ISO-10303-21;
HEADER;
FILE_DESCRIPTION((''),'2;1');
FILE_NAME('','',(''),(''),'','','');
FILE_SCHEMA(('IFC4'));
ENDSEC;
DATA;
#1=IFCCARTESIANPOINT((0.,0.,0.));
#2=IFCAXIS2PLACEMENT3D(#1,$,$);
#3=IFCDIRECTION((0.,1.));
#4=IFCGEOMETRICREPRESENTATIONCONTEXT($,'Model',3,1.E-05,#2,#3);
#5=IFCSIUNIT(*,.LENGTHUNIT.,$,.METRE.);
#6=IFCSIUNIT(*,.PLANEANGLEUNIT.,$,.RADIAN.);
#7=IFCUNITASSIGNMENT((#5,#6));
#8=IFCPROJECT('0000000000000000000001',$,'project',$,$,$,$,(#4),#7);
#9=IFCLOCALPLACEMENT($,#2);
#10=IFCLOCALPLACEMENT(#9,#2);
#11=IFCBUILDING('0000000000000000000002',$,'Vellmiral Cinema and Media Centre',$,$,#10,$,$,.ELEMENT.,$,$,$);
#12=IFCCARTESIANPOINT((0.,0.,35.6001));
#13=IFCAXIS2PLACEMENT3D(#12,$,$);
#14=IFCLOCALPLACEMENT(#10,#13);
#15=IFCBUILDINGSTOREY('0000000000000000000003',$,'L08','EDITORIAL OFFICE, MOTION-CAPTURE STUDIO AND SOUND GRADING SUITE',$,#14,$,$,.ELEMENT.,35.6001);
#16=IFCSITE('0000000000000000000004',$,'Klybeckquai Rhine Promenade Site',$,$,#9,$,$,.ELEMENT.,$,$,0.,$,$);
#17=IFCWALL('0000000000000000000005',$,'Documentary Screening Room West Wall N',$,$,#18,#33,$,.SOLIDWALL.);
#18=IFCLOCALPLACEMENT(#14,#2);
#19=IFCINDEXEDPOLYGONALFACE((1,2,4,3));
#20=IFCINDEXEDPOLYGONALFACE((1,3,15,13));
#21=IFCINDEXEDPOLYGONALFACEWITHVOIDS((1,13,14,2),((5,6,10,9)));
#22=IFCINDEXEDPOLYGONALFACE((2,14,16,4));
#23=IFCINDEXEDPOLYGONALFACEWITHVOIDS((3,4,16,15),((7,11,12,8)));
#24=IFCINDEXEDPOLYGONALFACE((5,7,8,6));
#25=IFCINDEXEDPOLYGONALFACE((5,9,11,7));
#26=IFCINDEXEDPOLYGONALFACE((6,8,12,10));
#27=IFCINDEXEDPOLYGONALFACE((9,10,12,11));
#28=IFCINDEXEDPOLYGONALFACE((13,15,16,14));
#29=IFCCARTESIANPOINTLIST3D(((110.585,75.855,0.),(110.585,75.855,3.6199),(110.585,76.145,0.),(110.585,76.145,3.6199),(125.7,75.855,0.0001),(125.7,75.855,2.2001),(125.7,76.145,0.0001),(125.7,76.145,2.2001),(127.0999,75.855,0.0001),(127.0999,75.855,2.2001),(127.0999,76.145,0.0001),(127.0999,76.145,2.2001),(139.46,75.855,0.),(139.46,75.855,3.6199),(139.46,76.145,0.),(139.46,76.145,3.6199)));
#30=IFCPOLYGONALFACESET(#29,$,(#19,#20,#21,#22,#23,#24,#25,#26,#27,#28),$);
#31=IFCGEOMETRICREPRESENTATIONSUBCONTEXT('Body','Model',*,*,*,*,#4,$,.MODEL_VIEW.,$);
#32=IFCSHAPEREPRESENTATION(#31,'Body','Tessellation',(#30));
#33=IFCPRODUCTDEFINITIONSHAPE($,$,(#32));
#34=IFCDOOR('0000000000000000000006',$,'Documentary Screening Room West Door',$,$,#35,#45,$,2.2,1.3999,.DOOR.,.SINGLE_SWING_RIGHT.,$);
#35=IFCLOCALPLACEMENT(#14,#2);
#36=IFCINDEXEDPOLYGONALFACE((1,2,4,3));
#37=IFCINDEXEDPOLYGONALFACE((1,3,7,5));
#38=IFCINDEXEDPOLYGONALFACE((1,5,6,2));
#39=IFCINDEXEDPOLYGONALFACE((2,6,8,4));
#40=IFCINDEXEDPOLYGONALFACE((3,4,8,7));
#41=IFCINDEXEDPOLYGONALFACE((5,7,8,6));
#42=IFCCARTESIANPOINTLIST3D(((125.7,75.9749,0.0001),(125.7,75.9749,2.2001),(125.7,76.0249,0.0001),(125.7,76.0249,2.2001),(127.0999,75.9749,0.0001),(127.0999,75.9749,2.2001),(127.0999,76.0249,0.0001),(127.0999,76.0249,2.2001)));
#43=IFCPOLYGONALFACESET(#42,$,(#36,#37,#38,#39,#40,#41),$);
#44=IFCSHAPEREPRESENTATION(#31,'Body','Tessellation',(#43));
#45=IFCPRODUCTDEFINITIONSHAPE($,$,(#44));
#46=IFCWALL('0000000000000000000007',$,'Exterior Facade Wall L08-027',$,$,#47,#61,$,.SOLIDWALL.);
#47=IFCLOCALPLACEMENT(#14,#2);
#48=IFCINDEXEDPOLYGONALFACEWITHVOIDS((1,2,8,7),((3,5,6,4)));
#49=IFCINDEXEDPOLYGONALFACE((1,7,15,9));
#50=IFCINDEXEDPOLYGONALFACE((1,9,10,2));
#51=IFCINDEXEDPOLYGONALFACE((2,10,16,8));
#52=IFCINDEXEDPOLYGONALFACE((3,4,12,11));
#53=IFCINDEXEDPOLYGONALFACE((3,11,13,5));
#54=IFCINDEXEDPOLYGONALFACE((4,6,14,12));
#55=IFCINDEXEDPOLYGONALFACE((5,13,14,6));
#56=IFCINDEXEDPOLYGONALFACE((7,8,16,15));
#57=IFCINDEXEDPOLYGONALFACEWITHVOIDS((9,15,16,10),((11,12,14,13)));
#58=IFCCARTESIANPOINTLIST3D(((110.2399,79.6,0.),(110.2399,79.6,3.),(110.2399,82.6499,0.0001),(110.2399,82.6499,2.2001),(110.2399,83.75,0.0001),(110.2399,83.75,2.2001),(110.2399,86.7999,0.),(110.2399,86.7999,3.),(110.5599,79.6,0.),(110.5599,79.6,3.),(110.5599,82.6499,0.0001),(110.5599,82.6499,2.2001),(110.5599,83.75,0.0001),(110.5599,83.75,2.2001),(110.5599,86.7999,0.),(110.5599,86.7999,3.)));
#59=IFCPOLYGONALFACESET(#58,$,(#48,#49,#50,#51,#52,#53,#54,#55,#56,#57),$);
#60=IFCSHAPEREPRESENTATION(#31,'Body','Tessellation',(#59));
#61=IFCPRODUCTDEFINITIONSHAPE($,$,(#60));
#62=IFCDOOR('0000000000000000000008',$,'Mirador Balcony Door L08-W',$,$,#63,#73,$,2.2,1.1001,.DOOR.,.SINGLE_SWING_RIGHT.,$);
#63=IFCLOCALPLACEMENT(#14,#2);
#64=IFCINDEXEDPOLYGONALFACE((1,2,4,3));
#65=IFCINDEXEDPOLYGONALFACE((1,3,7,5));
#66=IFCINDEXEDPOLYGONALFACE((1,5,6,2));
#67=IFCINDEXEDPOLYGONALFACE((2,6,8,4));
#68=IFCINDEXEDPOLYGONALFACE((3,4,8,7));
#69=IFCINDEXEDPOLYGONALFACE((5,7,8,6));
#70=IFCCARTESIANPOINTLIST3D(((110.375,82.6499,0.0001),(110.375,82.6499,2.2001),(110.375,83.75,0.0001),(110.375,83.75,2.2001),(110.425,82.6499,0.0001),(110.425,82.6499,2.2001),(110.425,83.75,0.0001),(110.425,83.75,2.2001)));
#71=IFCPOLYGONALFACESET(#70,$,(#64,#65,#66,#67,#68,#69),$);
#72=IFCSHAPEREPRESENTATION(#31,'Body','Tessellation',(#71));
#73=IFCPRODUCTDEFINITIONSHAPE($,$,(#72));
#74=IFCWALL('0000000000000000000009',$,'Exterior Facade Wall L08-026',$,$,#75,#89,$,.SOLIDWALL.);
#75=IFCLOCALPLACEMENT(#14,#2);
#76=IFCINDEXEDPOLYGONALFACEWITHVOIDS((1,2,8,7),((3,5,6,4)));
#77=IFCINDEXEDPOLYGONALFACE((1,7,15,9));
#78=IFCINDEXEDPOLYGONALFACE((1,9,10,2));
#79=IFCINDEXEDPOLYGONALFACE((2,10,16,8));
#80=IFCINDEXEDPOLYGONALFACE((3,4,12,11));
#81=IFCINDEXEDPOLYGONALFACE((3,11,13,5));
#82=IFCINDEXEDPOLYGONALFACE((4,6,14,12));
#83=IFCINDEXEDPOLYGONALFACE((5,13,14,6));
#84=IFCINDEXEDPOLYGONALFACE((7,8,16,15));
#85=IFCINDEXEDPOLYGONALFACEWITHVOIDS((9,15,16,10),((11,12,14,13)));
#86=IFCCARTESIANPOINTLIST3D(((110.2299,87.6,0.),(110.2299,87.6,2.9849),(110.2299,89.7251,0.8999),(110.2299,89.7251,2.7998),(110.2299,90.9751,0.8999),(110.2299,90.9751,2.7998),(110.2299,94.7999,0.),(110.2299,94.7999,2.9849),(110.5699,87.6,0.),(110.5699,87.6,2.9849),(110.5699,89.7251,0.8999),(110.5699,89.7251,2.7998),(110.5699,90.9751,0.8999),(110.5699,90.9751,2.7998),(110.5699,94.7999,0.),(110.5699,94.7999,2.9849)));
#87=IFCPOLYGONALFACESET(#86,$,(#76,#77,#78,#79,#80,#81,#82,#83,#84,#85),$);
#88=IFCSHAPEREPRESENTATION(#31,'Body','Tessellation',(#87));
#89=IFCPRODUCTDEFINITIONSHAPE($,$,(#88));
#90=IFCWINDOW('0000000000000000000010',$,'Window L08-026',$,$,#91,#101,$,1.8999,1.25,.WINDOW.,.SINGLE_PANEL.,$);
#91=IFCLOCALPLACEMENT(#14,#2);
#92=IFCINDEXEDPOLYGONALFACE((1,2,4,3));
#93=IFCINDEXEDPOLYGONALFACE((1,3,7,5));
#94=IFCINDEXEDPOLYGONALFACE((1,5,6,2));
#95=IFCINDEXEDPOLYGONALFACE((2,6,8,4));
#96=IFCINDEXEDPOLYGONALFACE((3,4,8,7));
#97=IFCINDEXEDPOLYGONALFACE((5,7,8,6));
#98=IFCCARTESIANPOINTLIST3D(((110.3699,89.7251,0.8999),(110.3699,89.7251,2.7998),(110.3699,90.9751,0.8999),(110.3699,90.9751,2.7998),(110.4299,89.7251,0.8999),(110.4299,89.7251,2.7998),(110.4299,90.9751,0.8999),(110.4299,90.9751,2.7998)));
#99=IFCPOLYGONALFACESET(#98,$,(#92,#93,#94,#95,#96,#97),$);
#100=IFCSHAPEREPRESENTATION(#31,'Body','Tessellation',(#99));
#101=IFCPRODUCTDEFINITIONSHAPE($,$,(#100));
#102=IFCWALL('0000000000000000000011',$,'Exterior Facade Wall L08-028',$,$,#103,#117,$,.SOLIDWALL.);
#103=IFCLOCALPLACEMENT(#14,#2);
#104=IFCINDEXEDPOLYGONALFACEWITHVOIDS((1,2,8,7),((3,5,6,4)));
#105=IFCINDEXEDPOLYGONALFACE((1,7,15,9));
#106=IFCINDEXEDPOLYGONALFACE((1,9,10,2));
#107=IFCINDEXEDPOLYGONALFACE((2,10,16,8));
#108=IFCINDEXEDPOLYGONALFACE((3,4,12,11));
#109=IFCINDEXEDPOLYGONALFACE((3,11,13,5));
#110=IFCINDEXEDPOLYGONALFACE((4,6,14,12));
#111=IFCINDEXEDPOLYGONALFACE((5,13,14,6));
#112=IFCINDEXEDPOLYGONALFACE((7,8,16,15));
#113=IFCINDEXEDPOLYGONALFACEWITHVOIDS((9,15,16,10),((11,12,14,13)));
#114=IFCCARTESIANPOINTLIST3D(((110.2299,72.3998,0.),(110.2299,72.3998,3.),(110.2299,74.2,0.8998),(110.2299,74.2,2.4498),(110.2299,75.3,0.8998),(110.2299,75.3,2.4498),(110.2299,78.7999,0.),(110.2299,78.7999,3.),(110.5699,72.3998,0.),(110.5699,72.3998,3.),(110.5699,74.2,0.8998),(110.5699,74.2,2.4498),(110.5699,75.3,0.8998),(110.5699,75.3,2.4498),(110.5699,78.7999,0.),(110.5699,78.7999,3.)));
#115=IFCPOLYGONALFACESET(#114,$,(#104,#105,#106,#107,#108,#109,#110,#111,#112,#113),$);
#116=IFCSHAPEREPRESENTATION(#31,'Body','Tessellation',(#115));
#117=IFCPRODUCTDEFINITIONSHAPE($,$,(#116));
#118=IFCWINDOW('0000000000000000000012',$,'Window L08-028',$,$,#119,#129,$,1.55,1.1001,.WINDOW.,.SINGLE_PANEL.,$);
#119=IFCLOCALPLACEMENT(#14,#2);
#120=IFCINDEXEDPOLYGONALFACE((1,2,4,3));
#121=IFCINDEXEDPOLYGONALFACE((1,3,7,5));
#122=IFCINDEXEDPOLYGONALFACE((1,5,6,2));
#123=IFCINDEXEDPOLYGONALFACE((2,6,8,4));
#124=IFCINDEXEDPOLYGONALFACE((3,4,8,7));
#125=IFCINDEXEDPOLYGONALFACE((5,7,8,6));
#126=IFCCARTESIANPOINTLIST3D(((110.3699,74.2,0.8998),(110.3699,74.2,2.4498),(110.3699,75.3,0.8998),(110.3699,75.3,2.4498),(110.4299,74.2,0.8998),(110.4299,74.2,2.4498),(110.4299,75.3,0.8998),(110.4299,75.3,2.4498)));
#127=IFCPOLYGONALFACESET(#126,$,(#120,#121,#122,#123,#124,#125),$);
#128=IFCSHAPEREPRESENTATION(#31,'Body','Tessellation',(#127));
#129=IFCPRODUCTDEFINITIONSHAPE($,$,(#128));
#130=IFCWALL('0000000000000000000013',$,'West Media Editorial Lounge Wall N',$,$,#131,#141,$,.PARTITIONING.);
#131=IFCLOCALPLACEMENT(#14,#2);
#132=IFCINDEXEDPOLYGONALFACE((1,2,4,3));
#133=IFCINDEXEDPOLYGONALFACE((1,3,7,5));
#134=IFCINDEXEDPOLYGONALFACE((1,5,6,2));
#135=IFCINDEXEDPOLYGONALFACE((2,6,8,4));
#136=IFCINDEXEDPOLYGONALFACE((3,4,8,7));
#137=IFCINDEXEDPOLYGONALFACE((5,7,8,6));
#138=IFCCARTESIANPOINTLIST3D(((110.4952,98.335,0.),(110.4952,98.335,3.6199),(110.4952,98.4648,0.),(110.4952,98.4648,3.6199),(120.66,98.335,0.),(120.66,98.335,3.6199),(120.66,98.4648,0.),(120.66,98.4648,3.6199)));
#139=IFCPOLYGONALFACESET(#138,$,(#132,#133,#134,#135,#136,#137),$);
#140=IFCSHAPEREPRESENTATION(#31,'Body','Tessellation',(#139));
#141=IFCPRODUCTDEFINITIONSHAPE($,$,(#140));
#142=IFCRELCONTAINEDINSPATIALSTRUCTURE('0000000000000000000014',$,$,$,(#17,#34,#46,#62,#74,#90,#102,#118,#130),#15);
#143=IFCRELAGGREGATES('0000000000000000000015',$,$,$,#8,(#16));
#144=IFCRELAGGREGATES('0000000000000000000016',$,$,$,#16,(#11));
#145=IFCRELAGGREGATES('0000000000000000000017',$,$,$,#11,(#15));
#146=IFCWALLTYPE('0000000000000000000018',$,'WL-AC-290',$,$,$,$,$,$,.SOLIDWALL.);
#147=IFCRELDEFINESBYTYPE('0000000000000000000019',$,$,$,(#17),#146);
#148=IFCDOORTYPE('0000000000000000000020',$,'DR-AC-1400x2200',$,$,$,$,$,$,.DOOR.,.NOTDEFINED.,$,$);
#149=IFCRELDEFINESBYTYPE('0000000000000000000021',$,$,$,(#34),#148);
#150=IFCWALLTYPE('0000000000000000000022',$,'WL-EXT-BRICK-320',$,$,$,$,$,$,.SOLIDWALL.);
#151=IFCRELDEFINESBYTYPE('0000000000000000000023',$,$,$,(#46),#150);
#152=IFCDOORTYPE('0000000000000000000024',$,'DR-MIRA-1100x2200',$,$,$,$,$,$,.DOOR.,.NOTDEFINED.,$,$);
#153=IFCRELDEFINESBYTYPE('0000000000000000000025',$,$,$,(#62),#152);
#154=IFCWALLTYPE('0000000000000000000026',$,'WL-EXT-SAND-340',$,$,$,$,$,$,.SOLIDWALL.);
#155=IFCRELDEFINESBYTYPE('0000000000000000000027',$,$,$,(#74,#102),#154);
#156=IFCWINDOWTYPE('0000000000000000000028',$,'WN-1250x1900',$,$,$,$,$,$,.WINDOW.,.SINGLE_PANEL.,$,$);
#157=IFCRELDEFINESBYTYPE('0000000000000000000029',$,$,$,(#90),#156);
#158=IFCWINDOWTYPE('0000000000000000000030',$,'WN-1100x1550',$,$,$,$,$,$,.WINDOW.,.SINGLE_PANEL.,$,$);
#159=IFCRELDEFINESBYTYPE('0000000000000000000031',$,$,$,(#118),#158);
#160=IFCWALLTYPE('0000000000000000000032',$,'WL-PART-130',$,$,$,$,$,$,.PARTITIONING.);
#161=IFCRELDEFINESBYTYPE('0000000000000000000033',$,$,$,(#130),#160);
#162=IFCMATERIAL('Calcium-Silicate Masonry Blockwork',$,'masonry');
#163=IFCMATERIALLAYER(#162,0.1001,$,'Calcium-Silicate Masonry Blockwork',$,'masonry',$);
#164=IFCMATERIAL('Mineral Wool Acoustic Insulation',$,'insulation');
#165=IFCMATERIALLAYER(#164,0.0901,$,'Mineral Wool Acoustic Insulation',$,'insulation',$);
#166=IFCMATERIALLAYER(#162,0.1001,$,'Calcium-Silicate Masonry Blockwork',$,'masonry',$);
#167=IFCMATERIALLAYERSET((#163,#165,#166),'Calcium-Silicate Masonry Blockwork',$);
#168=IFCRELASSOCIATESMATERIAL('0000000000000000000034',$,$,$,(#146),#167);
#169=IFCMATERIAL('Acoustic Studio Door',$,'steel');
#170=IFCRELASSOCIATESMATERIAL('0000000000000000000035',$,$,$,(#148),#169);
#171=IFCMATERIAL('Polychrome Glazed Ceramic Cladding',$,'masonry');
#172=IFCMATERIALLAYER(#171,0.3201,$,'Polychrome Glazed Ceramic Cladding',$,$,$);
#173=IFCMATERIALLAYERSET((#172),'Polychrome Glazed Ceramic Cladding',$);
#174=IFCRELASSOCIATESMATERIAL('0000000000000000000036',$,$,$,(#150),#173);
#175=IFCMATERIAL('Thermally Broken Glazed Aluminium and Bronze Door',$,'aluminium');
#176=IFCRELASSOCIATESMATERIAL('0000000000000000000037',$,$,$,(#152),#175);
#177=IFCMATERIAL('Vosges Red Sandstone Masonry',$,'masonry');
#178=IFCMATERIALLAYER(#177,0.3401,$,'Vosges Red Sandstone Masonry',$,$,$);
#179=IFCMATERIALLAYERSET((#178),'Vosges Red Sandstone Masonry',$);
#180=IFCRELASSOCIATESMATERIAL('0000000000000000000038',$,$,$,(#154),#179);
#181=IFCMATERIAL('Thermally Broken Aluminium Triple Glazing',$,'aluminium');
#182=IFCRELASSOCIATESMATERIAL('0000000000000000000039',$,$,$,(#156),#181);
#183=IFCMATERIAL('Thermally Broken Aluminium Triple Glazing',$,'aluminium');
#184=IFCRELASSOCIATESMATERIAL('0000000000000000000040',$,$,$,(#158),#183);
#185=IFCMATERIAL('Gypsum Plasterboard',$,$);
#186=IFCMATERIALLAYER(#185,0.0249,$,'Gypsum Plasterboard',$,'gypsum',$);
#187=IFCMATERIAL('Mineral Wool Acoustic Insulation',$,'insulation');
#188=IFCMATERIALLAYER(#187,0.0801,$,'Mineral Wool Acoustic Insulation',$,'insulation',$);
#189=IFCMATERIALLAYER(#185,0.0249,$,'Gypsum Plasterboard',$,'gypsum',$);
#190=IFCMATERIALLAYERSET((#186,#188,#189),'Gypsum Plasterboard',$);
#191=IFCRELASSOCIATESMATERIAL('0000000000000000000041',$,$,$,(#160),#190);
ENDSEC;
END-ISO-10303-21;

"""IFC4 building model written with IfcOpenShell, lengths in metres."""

from ifc_helpers import new_model, si_unit, direction, frame, frame_2d, origin, place, context, subcontext, project, spatial, rectangle, extrude, material, layer, layer_set, type_object, element, fill, save


model = new_model("IFC4")

# Units and contexts
model_context = context("Model", 3, precision=1e-05, world=origin(), true_north=direction((0.0, 1.0)))
body_context = subcontext(model_context, "Body", "Model", "MODEL_VIEW")
ifc_project = project(units=[si_unit("LENGTHUNIT", "METRE"), si_unit("PLANEANGLEUNIT", "RADIAN")], contexts=[model_context])

# Site, building, storey
site_placement = place(None, origin())
site = spatial("IfcSite", under=ifc_project, at=site_placement, Name="Klybeckquai Rhine Promenade Site", CompositionType="ELEMENT", RefElevation=0.0)
building_placement = place(site_placement, origin())
building = spatial("IfcBuilding", under=site, at=building_placement, Name="Vellmiral Cinema and Media Centre", CompositionType="ELEMENT")
storey_placement = place(building_placement, frame((0.0, 0.0, 35.6001)))
storey = spatial("IfcBuildingStorey", under=building, at=storey_placement, Name="L08", Description="EDITORIAL OFFICE, MOTION-CAPTURE STUDIO AND SOUND GRADING SUITE", CompositionType="ELEMENT", Elevation=35.6001)

# Walls, openings, doors
ifc_material_1 = material(Name="Calcium-Silicate Masonry Blockwork", Category="masonry")
ifc_layer_1 = layer(ifc_material_1, 0.1001, Name="Calcium-Silicate Masonry Blockwork", Category="masonry")
ifc_material_2 = material(Name="Mineral Wool Acoustic Insulation", Category="insulation")
ifc_layer_2 = layer(ifc_material_2, 0.0901, Name="Mineral Wool Acoustic Insulation", Category="insulation")
ifc_layer_3 = layer(ifc_material_1, 0.1001, Name="Calcium-Silicate Masonry Blockwork", Category="masonry")
ifc_layer_set_1 = layer_set([ifc_layer_1, ifc_layer_2, ifc_layer_3], Name="Calcium-Silicate Masonry Blockwork")
wall_type_1 = type_object("IfcWallType", Name="WL-AC-290", PredefinedType="SOLIDWALL", material=ifc_layer_set_1)
wall_1_placement = place(storey_placement, frame((110.585, 76.0, 0.0), z_axis=(0.0, 0.0, 1.0), x_axis=(1.0, 0.0, 0.0)))
wall_1 = element("IfcWall", 1, at=wall_1_placement, inside=storey, type_object=wall_type_1, Name="Documentary Screening Room West Wall N", PredefinedType="SOLIDWALL", context=body_context, shape_type="SweptSolid", body=[
    extrude(rectangle(XDim=28.875, YDim=0.29, at=frame_2d((14.4375, 0.0))), origin(), (0.0, 0.0, 1.0), 3.6199),
])
opening_1_placement = place(wall_1_placement, frame((15.115, 0.0, 0.0)))
opening_1 = element("IfcOpeningElement", 2, at=opening_1_placement, cuts=wall_1, PredefinedType="OPENING", context=body_context, shape_type="SweptSolid", body=[
    extrude(rectangle(XDim=1.3999, YDim=2.2, at=frame_2d((0.7, 1.1001))), frame((0.0, 0.157, 0.0), z_axis=(0.0, -1.0, 0.0), x_axis=(1.0, 0.0, 0.0)), (0.0, 0.0, 1.0), 0.314),
])
ifc_material_3 = material(Name="Acoustic Studio Door", Category="steel")
door_type_1 = type_object("IfcDoorType", Name="DR-AC-1400x2200", OperationType="NOTDEFINED", PredefinedType="DOOR", material=ifc_material_3)
door_1_placement = place(opening_1_placement, origin())
door_1 = element("IfcDoor", 3, at=door_1_placement, inside=storey, type_object=door_type_1, Name="Documentary Screening Room West Door", OperationType="SINGLE_SWING_RIGHT", OverallHeight=2.2, OverallWidth=1.3999, PredefinedType="DOOR", context=body_context, shape_type="SweptSolid", body=[
    extrude(rectangle(XDim=1.3999, YDim=2.2, at=frame_2d((0.7, 1.1001))), frame((0.0, 0.0249, 0.0), z_axis=(0.0, -1.0, 0.0), x_axis=(1.0, 0.0, 0.0)), (0.0, 0.0, 1.0), 0.05),
])
fill(opening_1, door_1)
ifc_material_4 = material(Name="Polychrome Glazed Ceramic Cladding", Category="masonry")
ifc_layer_4 = layer(ifc_material_4, 0.3201, Name="Polychrome Glazed Ceramic Cladding")
ifc_layer_set_2 = layer_set([ifc_layer_4], Name="Polychrome Glazed Ceramic Cladding")
wall_type_2 = type_object("IfcWallType", Name="WL-EXT-BRICK-320", PredefinedType="SOLIDWALL", material=ifc_layer_set_2)
wall_2_placement = place(storey_placement, frame((110.3999, 86.8, 0.0), z_axis=(0.0, 0.0, 1.0), x_axis=(0.0, -1.0, 0.0)))
wall_2 = element("IfcWall", 4, at=wall_2_placement, inside=storey, type_object=wall_type_2, Name="Exterior Facade Wall L08-027", PredefinedType="SOLIDWALL", context=body_context, shape_type="SweptSolid", body=[
    extrude(rectangle(XDim=7.2, YDim=0.3201, at=frame_2d((3.6001, 0.0))), origin(), (0.0, 0.0, 1.0), 3.0),
])
opening_2_placement = place(wall_2_placement, frame((3.05, 0.0, 0.0)))
opening_2 = element("IfcOpeningElement", 5, at=opening_2_placement, cuts=wall_2, PredefinedType="OPENING", context=body_context, shape_type="SweptSolid", body=[
    extrude(rectangle(XDim=1.1001, YDim=2.2, at=frame_2d((0.55, 1.1001))), frame((0.0, 0.1719, 0.0), z_axis=(0.0, -1.0, 0.0), x_axis=(1.0, 0.0, 0.0)), (0.0, 0.0, 1.0), 0.344),
])
ifc_material_5 = material(Name="Thermally Broken Glazed Aluminium and Bronze Door", Category="aluminium")
door_type_2 = type_object("IfcDoorType", Name="DR-MIRA-1100x2200", OperationType="NOTDEFINED", PredefinedType="DOOR", material=ifc_material_5)
door_2_placement = place(opening_2_placement, frame((1.1001, 0.0, 0.0), z_axis=(0.0, 0.0, 1.0), x_axis=(-1.0, 0.0, 0.0)))
door_2 = element("IfcDoor", 6, at=door_2_placement, inside=storey, type_object=door_type_2, Name="Mirador Balcony Door L08-W", OperationType="SINGLE_SWING_RIGHT", OverallHeight=2.2, OverallWidth=1.1001, PredefinedType="DOOR", context=body_context, shape_type="SweptSolid", body=[
    extrude(rectangle(XDim=1.1001, YDim=2.2, at=frame_2d((0.55, 1.1001))), frame((0.0, 0.0249, 0.0), z_axis=(0.0, -1.0, 0.0), x_axis=(1.0, 0.0, 0.0)), (0.0, 0.0, 1.0), 0.05),
])
fill(opening_2, door_2)

# Walls, openings, windows
ifc_material_6 = material(Name="Vosges Red Sandstone Masonry", Category="masonry")
ifc_layer_5 = layer(ifc_material_6, 0.3401, Name="Vosges Red Sandstone Masonry")
ifc_layer_set_3 = layer_set([ifc_layer_5], Name="Vosges Red Sandstone Masonry")
wall_type_3 = type_object("IfcWallType", Name="WL-EXT-SAND-340", PredefinedType="SOLIDWALL", material=ifc_layer_set_3)
wall_3_placement = place(storey_placement, frame((110.3999, 94.8, 0.0), z_axis=(0.0, 0.0, 1.0), x_axis=(0.0, -1.0, 0.0)))
wall_3 = element("IfcWall", 7, at=wall_3_placement, inside=storey, type_object=wall_type_3, Name="Exterior Facade Wall L08-026", PredefinedType="SOLIDWALL", context=body_context, shape_type="SweptSolid", body=[
    extrude(rectangle(XDim=7.2, YDim=0.3401, at=frame_2d((3.6001, 0.0))), origin(), (0.0, 0.0, 1.0), 2.9849),
])
opening_3_placement = place(wall_3_placement, frame((3.825, 0.0, 0.8999)))
opening_3 = element("IfcOpeningElement", 8, at=opening_3_placement, cuts=wall_3, PredefinedType="OPENING", context=body_context, shape_type="SweptSolid", body=[
    extrude(rectangle(XDim=1.25, YDim=1.8999, at=frame_2d((0.625, 0.95))), frame((0.0, 0.1821, 0.0), z_axis=(0.0, -1.0, 0.0), x_axis=(1.0, 0.0, 0.0)), (0.0, 0.0, 1.0), 0.364),
])
ifc_material_7 = material(Name="Thermally Broken Aluminium Triple Glazing", Category="aluminium")
window_type_1 = type_object("IfcWindowType", Name="WN-1250x1900", PartitioningType="SINGLE_PANEL", PredefinedType="WINDOW", material=ifc_material_7)
window_1_placement = place(opening_3_placement, origin())
window_1 = element("IfcWindow", 9, at=window_1_placement, inside=storey, type_object=window_type_1, Name="Window L08-026", OverallHeight=1.8999, OverallWidth=1.25, PartitioningType="SINGLE_PANEL", PredefinedType="WINDOW", context=body_context, shape_type="SweptSolid", body=[
    extrude(rectangle(XDim=1.25, YDim=1.8999, at=frame_2d((0.625, 0.95))), frame((0.0, 0.03, 0.0), z_axis=(0.0, -1.0, 0.0), x_axis=(1.0, 0.0, 0.0)), (0.0, 0.0, 1.0), 0.0601),
])
fill(opening_3, window_1)
wall_4_placement = place(storey_placement, frame((110.3999, 78.8, 0.0), z_axis=(0.0, 0.0, 1.0), x_axis=(0.0, -1.0, 0.0)))
wall_4 = element("IfcWall", 10, at=wall_4_placement, inside=storey, type_object=wall_type_3, Name="Exterior Facade Wall L08-028", PredefinedType="SOLIDWALL", context=body_context, shape_type="SweptSolid", body=[
    extrude(rectangle(XDim=6.4001, YDim=0.3401, at=frame_2d((3.2002, 0.0))), origin(), (0.0, 0.0, 1.0), 3.0),
])
opening_4_placement = place(wall_4_placement, frame((3.5, 0.0, 0.8999)))
opening_4 = element("IfcOpeningElement", 11, at=opening_4_placement, cuts=wall_4, PredefinedType="OPENING", context=body_context, shape_type="SweptSolid", body=[
    extrude(rectangle(XDim=1.1001, YDim=1.55, at=frame_2d((0.55, 0.7749))), frame((0.0, 0.1821, 0.0), z_axis=(0.0, -1.0, 0.0), x_axis=(1.0, 0.0, 0.0)), (0.0, 0.0, 1.0), 0.364),
])
ifc_material_8 = material(Name="Thermally Broken Aluminium Triple Glazing", Category="aluminium")
window_type_2 = type_object("IfcWindowType", Name="WN-1100x1550", PartitioningType="SINGLE_PANEL", PredefinedType="WINDOW", material=ifc_material_8)
window_2_placement = place(opening_4_placement, origin())
window_2 = element("IfcWindow", 12, at=window_2_placement, inside=storey, type_object=window_type_2, Name="Window L08-028", OverallHeight=1.55, OverallWidth=1.1001, PartitioningType="SINGLE_PANEL", PredefinedType="WINDOW", context=body_context, shape_type="SweptSolid", body=[
    extrude(rectangle(XDim=1.1001, YDim=1.55, at=frame_2d((0.55, 0.7749))), frame((0.0, 0.03, 0.0), z_axis=(0.0, -1.0, 0.0), x_axis=(1.0, 0.0, 0.0)), (0.0, 0.0, 1.0), 0.0601),
])
fill(opening_4, window_2)

# Wall
ifc_material_9 = material(Name="Gypsum Plasterboard")
ifc_layer_6 = layer(ifc_material_9, 0.0249, Name="Gypsum Plasterboard", Category="gypsum")
ifc_material_10 = material(Name="Mineral Wool Acoustic Insulation", Category="insulation")
ifc_layer_7 = layer(ifc_material_10, 0.0801, Name="Mineral Wool Acoustic Insulation", Category="insulation")
ifc_layer_8 = layer(ifc_material_9, 0.0249, Name="Gypsum Plasterboard", Category="gypsum")
ifc_layer_set_4 = layer_set([ifc_layer_6, ifc_layer_7, ifc_layer_8], Name="Gypsum Plasterboard")
wall_type_4 = type_object("IfcWallType", Name="WL-PART-130", PredefinedType="PARTITIONING", material=ifc_layer_set_4)
wall_5_placement = place(storey_placement, frame((110.4951, 98.3999, 0.0), z_axis=(0.0, 0.0, 1.0), x_axis=(1.0, 0.0, 0.0)))
element("IfcWall", 13, at=wall_5_placement, inside=storey, type_object=wall_type_4, Name="West Media Editorial Lounge Wall N", PredefinedType="PARTITIONING", context=body_context, shape_type="SweptSolid", body=[
    extrude(rectangle(XDim=10.1648, YDim=0.1299, at=frame_2d((5.0825, 0.0))), origin(), (0.0, 0.0, 1.0), 3.6199),
])

save(model, "model.ifc")
